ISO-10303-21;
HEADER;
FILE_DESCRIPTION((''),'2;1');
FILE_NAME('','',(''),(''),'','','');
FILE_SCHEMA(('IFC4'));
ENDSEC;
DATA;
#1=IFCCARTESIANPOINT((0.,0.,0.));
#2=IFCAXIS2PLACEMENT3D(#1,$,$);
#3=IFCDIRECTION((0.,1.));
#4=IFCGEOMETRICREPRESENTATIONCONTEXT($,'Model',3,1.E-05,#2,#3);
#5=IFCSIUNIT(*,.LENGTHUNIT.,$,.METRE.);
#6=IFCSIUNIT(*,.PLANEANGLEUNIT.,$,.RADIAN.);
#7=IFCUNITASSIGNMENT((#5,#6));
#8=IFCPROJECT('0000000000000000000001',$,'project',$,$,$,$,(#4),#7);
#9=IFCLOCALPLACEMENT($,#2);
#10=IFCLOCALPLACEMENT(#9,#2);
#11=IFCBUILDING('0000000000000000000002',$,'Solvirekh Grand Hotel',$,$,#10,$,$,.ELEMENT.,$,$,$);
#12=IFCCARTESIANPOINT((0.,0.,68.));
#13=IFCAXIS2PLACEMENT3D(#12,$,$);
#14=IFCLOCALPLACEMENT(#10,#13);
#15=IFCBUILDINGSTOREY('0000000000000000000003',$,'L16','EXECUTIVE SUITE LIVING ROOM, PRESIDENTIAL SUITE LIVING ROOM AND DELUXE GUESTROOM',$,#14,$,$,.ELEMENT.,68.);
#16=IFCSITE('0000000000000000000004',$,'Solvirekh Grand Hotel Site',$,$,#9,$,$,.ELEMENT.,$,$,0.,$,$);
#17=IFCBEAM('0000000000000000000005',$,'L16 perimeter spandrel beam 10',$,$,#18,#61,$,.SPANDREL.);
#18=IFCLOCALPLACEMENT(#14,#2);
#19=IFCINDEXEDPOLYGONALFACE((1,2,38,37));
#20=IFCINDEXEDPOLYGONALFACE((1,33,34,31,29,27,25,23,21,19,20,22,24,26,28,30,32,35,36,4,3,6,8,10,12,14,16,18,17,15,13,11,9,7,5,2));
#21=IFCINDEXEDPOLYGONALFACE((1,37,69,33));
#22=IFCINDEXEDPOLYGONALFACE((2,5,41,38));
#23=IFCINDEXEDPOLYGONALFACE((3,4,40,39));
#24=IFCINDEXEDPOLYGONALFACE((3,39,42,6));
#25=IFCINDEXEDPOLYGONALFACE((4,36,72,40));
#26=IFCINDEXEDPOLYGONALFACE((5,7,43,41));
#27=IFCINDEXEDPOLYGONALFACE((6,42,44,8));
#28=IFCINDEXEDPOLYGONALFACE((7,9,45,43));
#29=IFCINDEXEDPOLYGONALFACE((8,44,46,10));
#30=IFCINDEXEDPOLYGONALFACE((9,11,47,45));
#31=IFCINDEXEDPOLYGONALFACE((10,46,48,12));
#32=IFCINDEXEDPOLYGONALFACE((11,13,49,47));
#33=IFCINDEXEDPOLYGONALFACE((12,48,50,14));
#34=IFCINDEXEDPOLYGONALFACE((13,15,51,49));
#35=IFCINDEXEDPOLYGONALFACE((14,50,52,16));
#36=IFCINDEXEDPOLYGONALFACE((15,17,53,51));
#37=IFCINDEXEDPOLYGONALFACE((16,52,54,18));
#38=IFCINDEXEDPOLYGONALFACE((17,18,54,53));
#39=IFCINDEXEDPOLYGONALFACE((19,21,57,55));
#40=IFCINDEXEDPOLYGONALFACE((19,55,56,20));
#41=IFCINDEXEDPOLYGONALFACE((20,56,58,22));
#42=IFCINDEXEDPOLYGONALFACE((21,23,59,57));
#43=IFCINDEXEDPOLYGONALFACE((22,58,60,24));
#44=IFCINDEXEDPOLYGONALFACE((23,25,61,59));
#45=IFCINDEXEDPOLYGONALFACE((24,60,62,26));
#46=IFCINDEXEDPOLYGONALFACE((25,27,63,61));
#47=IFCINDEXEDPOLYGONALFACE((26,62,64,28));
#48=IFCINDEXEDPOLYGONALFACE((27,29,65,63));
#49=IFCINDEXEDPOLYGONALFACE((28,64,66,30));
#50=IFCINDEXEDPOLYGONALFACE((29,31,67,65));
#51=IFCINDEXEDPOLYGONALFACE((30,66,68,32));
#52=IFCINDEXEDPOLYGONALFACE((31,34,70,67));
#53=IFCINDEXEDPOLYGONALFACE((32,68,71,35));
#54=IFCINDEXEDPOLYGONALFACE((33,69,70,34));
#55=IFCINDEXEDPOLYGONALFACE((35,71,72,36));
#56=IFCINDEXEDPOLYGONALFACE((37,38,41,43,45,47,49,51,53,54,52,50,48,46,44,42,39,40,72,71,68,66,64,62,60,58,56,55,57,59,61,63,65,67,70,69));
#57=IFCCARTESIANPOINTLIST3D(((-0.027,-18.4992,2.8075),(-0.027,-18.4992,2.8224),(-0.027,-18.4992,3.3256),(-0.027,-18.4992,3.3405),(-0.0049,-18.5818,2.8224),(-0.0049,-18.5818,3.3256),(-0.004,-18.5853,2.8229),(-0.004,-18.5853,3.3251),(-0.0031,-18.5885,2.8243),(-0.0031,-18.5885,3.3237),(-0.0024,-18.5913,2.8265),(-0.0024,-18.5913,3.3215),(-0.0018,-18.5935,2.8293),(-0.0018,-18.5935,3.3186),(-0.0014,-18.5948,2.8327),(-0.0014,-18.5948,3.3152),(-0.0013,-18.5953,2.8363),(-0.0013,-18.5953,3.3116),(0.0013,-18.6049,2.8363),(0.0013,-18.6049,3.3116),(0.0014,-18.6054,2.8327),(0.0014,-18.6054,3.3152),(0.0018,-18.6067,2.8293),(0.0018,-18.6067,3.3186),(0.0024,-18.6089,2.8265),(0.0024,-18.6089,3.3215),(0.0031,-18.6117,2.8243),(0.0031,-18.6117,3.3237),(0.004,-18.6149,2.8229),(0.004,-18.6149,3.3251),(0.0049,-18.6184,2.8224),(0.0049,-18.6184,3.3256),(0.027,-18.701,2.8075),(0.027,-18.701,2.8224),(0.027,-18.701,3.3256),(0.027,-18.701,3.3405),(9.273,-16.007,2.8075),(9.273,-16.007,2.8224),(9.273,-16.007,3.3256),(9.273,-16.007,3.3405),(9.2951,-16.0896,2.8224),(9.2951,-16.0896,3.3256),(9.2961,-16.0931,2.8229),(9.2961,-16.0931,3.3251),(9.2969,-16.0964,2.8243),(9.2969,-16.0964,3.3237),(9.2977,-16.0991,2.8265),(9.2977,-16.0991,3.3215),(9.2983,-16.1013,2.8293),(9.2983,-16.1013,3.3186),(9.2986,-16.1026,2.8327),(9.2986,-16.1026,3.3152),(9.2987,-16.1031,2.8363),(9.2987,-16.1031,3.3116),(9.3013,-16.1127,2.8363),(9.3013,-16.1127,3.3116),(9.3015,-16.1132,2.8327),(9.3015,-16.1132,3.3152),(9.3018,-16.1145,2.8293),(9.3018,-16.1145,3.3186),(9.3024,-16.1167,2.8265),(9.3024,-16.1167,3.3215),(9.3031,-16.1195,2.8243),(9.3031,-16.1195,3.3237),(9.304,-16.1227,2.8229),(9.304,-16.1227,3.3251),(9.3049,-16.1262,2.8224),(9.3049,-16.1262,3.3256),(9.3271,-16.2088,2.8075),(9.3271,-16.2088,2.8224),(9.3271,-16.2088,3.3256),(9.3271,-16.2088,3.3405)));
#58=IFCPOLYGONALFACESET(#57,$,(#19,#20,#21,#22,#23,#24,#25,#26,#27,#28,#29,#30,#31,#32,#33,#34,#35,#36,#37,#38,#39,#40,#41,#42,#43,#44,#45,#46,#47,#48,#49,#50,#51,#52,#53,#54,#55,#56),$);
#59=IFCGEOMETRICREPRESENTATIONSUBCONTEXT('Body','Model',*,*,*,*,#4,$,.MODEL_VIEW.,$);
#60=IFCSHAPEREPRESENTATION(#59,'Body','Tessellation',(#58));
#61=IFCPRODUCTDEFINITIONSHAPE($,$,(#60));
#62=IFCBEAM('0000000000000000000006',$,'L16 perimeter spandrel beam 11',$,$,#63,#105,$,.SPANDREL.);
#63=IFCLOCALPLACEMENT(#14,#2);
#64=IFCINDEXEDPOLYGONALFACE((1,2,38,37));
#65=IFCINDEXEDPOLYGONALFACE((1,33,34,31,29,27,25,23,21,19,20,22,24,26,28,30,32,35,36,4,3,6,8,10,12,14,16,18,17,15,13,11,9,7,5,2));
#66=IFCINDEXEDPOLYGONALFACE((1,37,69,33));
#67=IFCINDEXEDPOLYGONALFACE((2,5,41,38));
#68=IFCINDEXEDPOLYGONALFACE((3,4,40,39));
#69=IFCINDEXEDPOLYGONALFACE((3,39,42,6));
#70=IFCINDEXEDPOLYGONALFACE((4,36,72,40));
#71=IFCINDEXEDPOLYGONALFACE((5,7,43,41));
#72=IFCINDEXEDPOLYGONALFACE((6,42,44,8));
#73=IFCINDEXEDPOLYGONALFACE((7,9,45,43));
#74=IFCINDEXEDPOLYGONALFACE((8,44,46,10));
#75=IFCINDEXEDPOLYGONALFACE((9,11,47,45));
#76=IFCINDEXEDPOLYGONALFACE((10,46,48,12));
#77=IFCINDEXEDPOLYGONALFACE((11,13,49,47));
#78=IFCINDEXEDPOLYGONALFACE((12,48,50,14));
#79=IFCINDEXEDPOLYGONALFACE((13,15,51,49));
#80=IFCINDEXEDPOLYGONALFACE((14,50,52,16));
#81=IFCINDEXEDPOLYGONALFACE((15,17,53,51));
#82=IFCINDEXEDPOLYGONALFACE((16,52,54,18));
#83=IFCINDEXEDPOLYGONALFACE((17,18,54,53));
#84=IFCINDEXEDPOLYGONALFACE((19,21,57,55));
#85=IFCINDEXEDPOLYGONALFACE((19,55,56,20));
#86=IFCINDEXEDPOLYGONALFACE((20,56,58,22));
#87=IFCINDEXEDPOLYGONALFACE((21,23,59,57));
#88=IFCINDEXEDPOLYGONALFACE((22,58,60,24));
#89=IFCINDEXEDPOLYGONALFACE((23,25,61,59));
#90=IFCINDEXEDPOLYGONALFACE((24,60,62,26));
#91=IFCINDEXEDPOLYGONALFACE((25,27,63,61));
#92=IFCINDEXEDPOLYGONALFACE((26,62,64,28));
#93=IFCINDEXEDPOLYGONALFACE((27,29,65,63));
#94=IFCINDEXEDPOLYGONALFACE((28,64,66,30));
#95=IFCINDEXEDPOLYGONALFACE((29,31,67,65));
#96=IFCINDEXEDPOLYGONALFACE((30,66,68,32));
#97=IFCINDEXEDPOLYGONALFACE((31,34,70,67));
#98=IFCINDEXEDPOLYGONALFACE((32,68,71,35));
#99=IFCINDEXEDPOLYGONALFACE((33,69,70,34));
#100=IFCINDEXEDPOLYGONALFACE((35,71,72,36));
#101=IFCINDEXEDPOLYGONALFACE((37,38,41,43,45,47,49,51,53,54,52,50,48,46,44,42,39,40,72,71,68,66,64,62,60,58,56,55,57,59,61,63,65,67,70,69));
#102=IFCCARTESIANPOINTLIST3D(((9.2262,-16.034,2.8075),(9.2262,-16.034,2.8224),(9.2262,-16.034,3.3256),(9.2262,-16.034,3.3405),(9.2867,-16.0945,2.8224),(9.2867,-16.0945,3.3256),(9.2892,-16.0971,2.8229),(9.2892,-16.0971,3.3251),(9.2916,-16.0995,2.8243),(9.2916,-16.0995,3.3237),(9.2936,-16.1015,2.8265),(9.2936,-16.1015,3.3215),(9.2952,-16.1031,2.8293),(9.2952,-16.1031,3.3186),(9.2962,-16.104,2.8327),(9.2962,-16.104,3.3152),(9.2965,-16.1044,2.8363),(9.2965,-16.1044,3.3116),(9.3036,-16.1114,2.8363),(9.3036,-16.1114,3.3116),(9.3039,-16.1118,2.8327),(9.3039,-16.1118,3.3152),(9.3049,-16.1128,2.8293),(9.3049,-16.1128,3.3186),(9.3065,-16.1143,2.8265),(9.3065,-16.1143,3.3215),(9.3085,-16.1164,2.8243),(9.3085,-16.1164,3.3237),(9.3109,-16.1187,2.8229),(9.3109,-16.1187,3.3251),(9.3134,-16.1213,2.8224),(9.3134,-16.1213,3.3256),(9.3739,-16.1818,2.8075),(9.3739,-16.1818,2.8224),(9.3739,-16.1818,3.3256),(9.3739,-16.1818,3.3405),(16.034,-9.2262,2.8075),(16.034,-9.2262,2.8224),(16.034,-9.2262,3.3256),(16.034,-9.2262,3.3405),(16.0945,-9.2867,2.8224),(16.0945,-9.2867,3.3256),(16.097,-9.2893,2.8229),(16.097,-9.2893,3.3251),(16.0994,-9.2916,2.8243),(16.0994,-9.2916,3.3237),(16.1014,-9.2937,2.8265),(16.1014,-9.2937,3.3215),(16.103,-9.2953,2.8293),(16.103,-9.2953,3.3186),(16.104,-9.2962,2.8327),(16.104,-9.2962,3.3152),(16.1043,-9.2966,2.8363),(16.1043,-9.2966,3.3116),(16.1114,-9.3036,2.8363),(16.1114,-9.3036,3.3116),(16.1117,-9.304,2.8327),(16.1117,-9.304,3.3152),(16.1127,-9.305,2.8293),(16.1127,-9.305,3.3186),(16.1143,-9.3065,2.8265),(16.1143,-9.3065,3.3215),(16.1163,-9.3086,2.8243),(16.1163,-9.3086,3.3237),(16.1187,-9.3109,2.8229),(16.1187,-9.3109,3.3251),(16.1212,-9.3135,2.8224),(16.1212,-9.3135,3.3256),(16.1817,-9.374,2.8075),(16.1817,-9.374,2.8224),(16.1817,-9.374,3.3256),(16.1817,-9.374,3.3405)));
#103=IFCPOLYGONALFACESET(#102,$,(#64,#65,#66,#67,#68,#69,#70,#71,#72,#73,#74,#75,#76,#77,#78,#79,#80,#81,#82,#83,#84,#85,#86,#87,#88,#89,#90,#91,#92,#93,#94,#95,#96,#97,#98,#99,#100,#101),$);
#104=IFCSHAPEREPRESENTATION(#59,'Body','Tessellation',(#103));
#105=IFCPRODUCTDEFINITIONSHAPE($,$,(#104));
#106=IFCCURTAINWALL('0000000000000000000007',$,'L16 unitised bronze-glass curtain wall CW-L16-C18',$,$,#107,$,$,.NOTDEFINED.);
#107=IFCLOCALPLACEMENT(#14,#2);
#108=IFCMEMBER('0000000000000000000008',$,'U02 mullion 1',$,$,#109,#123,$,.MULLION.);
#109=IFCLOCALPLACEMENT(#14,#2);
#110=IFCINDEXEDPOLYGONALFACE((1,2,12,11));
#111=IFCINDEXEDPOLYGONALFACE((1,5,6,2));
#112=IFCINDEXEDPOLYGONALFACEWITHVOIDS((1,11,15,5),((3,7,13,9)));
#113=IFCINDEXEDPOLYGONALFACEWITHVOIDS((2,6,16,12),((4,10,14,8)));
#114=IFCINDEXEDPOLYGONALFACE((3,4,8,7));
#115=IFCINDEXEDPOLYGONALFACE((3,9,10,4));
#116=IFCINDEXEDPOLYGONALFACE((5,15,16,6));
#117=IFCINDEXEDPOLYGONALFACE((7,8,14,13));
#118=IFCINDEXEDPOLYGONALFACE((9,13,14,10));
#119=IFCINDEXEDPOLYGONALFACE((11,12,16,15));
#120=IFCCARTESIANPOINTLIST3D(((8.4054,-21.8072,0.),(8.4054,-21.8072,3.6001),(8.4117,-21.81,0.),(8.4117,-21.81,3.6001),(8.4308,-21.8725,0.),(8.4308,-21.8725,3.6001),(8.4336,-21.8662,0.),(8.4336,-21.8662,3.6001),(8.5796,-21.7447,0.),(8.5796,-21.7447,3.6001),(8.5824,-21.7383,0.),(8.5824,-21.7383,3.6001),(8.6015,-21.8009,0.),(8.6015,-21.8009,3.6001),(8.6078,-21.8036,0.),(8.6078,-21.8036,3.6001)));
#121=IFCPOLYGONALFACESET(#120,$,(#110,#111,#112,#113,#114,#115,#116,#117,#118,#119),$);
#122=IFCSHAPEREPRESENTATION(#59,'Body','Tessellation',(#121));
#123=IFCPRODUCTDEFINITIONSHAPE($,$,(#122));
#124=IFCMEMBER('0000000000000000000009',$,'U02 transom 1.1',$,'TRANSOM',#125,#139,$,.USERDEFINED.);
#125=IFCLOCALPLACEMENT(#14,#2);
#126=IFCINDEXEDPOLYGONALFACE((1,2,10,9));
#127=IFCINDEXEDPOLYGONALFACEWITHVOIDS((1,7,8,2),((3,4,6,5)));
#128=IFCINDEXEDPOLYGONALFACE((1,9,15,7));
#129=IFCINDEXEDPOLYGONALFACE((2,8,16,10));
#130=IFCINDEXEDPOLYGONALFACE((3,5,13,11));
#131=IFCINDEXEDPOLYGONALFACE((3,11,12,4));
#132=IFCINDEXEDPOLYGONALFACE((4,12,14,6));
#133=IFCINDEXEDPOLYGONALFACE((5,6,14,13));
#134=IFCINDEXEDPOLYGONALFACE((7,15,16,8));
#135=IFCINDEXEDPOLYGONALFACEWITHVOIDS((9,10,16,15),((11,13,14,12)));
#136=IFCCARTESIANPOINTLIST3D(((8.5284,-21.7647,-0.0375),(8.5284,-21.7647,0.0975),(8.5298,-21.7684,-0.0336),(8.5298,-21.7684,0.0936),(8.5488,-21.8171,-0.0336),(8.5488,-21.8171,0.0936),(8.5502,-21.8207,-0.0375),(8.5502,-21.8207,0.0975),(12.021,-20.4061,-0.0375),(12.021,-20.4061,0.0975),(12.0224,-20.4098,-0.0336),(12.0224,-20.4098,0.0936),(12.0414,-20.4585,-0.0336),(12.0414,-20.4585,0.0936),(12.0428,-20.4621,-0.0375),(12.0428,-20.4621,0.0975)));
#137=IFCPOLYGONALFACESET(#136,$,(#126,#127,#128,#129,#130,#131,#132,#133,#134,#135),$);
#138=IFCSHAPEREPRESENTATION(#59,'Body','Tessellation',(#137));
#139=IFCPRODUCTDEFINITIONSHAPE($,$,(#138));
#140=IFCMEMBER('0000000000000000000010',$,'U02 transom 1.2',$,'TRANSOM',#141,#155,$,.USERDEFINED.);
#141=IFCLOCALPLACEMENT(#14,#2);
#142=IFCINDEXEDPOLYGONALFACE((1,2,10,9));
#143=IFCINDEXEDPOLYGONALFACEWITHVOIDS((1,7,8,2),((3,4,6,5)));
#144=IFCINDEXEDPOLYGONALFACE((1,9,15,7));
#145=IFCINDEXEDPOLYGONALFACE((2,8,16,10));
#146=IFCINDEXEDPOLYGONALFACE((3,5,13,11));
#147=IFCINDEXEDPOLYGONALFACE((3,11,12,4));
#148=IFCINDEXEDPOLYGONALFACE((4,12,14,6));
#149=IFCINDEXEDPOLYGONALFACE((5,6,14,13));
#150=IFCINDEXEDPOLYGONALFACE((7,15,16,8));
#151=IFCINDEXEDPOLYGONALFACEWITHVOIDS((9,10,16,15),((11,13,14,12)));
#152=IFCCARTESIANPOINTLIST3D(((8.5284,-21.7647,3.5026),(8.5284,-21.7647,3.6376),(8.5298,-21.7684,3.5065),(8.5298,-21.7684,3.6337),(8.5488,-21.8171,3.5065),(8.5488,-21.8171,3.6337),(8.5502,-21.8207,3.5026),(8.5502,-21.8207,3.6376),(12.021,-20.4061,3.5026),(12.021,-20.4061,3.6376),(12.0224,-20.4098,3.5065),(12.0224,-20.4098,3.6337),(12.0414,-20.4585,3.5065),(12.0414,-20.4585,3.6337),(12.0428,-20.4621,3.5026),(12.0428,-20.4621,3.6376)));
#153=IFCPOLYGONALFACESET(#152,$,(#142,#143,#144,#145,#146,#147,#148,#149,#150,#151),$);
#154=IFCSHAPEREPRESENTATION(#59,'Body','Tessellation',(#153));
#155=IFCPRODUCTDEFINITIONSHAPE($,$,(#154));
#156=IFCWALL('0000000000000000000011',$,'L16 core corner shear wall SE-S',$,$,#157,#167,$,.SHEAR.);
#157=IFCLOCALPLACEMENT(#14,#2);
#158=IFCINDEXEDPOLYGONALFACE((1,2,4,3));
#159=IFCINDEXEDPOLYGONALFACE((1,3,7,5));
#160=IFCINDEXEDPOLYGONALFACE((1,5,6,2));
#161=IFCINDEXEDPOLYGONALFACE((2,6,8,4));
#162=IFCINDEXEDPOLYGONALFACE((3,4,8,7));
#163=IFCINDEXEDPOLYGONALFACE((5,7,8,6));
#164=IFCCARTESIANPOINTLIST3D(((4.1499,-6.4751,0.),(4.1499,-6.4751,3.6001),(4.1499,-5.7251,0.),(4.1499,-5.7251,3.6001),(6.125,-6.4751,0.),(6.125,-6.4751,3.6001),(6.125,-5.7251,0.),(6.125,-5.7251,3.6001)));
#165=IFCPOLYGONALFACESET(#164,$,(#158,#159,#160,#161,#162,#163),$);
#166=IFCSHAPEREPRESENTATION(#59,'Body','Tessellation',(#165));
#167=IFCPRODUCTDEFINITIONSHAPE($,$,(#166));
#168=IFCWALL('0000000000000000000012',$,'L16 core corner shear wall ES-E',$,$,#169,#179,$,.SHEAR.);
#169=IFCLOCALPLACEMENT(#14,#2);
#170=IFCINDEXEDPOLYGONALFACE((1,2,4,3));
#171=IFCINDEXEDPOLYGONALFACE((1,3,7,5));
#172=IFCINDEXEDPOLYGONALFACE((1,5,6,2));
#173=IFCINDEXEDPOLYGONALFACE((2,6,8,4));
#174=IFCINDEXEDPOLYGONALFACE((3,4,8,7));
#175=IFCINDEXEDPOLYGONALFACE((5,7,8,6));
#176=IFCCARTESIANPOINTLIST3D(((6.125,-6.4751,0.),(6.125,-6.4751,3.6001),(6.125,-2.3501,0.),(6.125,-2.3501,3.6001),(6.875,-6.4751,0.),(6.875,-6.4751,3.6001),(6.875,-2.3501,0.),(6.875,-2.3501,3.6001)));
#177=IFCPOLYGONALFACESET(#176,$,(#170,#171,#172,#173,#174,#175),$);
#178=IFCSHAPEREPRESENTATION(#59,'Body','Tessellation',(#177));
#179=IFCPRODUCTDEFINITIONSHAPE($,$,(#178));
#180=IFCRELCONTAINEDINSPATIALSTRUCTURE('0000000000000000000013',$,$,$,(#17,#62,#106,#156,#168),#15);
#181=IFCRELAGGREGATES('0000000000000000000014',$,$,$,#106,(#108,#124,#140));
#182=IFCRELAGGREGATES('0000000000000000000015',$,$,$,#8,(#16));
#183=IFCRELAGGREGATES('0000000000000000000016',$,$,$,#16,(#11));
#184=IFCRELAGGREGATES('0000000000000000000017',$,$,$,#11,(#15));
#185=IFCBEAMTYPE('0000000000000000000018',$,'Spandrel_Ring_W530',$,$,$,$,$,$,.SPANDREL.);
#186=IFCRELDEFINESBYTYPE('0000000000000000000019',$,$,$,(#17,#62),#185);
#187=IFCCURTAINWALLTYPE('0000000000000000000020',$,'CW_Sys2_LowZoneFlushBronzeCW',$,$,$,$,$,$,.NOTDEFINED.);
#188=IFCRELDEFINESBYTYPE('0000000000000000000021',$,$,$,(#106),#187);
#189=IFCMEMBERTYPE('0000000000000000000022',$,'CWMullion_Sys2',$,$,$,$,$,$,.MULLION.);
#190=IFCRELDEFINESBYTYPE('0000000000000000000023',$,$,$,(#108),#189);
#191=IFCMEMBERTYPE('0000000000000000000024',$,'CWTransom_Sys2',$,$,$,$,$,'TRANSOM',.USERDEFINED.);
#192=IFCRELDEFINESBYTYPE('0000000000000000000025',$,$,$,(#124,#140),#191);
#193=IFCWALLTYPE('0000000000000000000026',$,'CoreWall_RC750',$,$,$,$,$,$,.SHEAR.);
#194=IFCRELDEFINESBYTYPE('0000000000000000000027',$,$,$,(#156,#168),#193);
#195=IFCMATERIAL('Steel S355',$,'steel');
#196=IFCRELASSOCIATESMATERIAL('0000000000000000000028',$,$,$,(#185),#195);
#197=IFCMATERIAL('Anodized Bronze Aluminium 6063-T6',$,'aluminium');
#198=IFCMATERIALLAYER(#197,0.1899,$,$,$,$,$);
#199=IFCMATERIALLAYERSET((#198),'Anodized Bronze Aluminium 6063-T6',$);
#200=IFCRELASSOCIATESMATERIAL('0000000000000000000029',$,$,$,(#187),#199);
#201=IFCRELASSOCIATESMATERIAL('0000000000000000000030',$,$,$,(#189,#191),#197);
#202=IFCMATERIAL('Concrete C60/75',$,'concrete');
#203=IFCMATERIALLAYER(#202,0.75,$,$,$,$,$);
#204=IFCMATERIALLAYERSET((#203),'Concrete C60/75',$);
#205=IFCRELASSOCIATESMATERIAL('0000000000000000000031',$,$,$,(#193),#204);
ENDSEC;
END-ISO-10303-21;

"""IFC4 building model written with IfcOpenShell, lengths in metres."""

from ifc_helpers import new_model, si_unit, direction, frame, frame_2d, origin, origin_2d, place, context, subcontext, project, spatial, rectangle, hollow_rectangle, i_section, extrude, source, transform, mapped, material, layer, layer_set, material_profile, profile_set, type_object, element, aggregate, save


model = new_model("IFC4")

# Units and contexts
model_context = context("Model", 3, precision=1e-05, world=origin(), true_north=direction((0.0, 1.0)))
body_context = subcontext(model_context, "Body", "Model", "MODEL_VIEW")
ifc_project = project(units=[si_unit("LENGTHUNIT", "METRE"), si_unit("PLANEANGLEUNIT", "RADIAN")], contexts=[model_context])

# Site, building, storey
site_placement = place(None, origin())
site = spatial("IfcSite", under=ifc_project, at=site_placement, Name="Solvirekh Grand Hotel Site", CompositionType="ELEMENT", RefElevation=0.0)
building_placement = place(site_placement, origin())
building = spatial("IfcBuilding", under=site, at=building_placement, Name="Solvirekh Grand Hotel", CompositionType="ELEMENT")
storey_placement = place(building_placement, frame((0.0, 0.0, 68.0)))
storey = spatial("IfcBuildingStorey", under=building, at=storey_placement, Name="L16", Description="EXECUTIVE SUITE LIVING ROOM, PRESIDENTIAL SUITE LIVING ROOM AND DELUXE GUESTROOM", CompositionType="ELEMENT", Elevation=68.0)

# Shared definitions
ifc_material_1 = material(Name="Concrete C60/75", Category="concrete")

# Beams
ifc_material_2 = material(Name="Steel S355", Category="steel")
ifc_material_profile_1 = material_profile(ifc_material_2, i_section(OverallWidth=0.209, OverallDepth=0.533, WebThickness=0.01, FlangeThickness=0.0149, FilletRadius=0.0139, at=origin_2d()), Name="W530X92")
ifc_profile_set_1 = profile_set([ifc_material_profile_1], Name="Steel S355")
beam_type_1 = type_object("IfcBeamType", Name="Spandrel_Ring_W530", PredefinedType="SPANDREL", material=ifc_profile_set_1)
beam_1_placement = place(storey_placement, frame((0.0, -18.6001, 3.074), z_axis=(0.965919, 0.258843, 0.0), x_axis=(-0.258843, 0.965919, 0.0)))
element("IfcBeam", 1, at=beam_1_placement, inside=storey, type_object=beam_type_1, Name="L16 perimeter spandrel beam 10", PredefinedType="SPANDREL", context=body_context, shape_type="SweptSolid", body=[
    extrude(i_section(OverallWidth=0.209, OverallDepth=0.533, WebThickness=0.01, FlangeThickness=0.0149, FilletRadius=0.0139, at=origin_2d()), origin(), (0.0, 0.0, 1.0), 9.6282),
])
beam_2_placement = place(storey_placement, frame((9.3, -16.1079, 3.074), z_axis=(0.707107, 0.707107, 0.0), x_axis=(-0.707107, 0.707107, 0.0)))
element("IfcBeam", 2, at=beam_2_placement, inside=storey, type_object=beam_type_1, Name="L16 perimeter spandrel beam 11", PredefinedType="SPANDREL", context=body_context, shape_type="SweptSolid", body=[
    extrude(i_section(OverallWidth=0.209, OverallDepth=0.533, WebThickness=0.01, FlangeThickness=0.0149, FilletRadius=0.0139, at=origin_2d()), origin(), (0.0, 0.0, 1.0), 9.6277),
])

# Curtain wall, members
ifc_material_3 = material(Name="Anodized Bronze Aluminium 6063-T6", Category="aluminium")
ifc_layer_1 = layer(ifc_material_3, 0.1899)
ifc_layer_set_1 = layer_set([ifc_layer_1], Name="Anodized Bronze Aluminium 6063-T6")
curtain_wall_type = type_object("IfcCurtainWallType", Name="CW_Sys2_LowZoneFlushBronzeCW", PredefinedType="NOTDEFINED", material=ifc_layer_set_1)
curtain_wall_placement = place(storey_placement, origin())
curtain_wall = element("IfcCurtainWall", 3, at=curtain_wall_placement, inside=storey, type_object=curtain_wall_type, Name="L16 unitised bronze-glass curtain wall CW-L16-C18", PredefinedType="NOTDEFINED")
ifc_material_profile_2 = material_profile(ifc_material_3, hollow_rectangle(XDim=0.0701, YDim=0.1899, WallThickness=0.0049, at=origin_2d()), Name="ALU RHS 190X70X5")
ifc_profile_set_2 = profile_set([ifc_material_profile_2], Name="Anodized Bronze Aluminium 6063-T6")
member_type_1 = type_object("IfcMemberType", Name="CWMullion_Sys2", PredefinedType="MULLION", material=ifc_profile_set_2)
shared_shape_1 = source(origin(), body_context, "Body", "SweptSolid", [
    extrude(hollow_rectangle(XDim=0.0701, YDim=0.1899, WallThickness=0.0049, at=origin_2d()), origin(), (0.0, 0.0, 1.0), 3.6001),
])
member_1_placement = place(storey_placement, frame((8.5066, -21.8054, 0.0), z_axis=(0.0, 0.0, 1.0), x_axis=(-0.36249, 0.931988, 0.0)))
member_1 = element("IfcMember", 4, at=member_1_placement, type_object=member_type_1, Name="U02 mullion 1", PredefinedType="MULLION", context=body_context, shape_type="MappedRepresentation", body=[
    mapped(shared_shape_1, transform((0.0, 0.0, 0.0), x_axis=(1.0, 0.0, 0.0), y_axis=(0.0, 1.0, 0.0), z_axis=(0.0, 0.0, 1.0), scale=1.0)),
])
ifc_material_profile_3 = material_profile(ifc_material_3, hollow_rectangle(XDim=0.0601, YDim=0.135, WallThickness=0.0039, at=origin_2d()), Name="ALU RHS 135X60X4")
ifc_profile_set_3 = profile_set([ifc_material_profile_3], Name="Anodized Bronze Aluminium 6063-T6")
member_type_2 = type_object("IfcMemberType", Name="CWTransom_Sys2", ElementType="TRANSOM", PredefinedType="USERDEFINED", material=ifc_profile_set_3)
shared_shape_2 = source(origin(), body_context, "Body", "SweptSolid", [
    extrude(hollow_rectangle(XDim=0.0601, YDim=0.135, WallThickness=0.0039, at=origin_2d()), origin(), (0.0, 0.0, 1.0), 3.7476),
])
member_2_placement = place(storey_placement, frame((8.5393, -21.7927, 0.03), z_axis=(0.93197, 0.362534, 0.0), x_axis=(-0.362534, 0.93197, 0.0)))
member_2 = element("IfcMember", 5, at=member_2_placement, type_object=member_type_2, Name="U02 transom 1.1", ObjectType="TRANSOM", PredefinedType="USERDEFINED", context=body_context, shape_type="MappedRepresentation", body=[
    mapped(shared_shape_2, transform((0.0, 0.0, 0.0), x_axis=(1.0, 0.0, 0.0), y_axis=(0.0, 1.0, 0.0), z_axis=(0.0, 0.0, 1.0), scale=1.0)),
])
member_3_placement = place(storey_placement, frame((8.5393, -21.7927, 3.5701), z_axis=(0.93197, 0.362534, 0.0), x_axis=(-0.362534, 0.93197, 0.0)))
member_3 = element("IfcMember", 6, at=member_3_placement, type_object=member_type_2, Name="U02 transom 1.2", ObjectType="TRANSOM", PredefinedType="USERDEFINED", context=body_context, shape_type="MappedRepresentation", body=[
    mapped(shared_shape_2, transform((0.0, 0.0, 0.0), x_axis=(1.0, 0.0, 0.0), y_axis=(0.0, 1.0, 0.0), z_axis=(0.0, 0.0, 1.0), scale=1.0)),
])
aggregate(curtain_wall, [member_1, member_2, member_3])

# Walls
ifc_layer_2 = layer(ifc_material_1, 0.75)
ifc_layer_set_2 = layer_set([ifc_layer_2], Name="Concrete C60/75")
wall_type_1 = type_object("IfcWallType", Name="CoreWall_RC750", PredefinedType="SHEAR", material=ifc_layer_set_2)
wall_1_placement = place(storey_placement, frame((4.1499, -6.1001, 0.0), z_axis=(0.0, 0.0, 1.0), x_axis=(1.0, 0.0, 0.0)))
element("IfcWall", 7, at=wall_1_placement, inside=storey, type_object=wall_type_1, Name="L16 core corner shear wall SE-S", PredefinedType="SHEAR", context=body_context, shape_type="SweptSolid", body=[
    extrude(rectangle(XDim=1.9751, YDim=0.75, at=frame_2d((0.9875, 0.0))), origin(), (0.0, 0.0, 1.0), 3.6001),
])
wall_2_placement = place(storey_placement, frame((6.5, -6.4751, 0.0), z_axis=(0.0, 0.0, 1.0), x_axis=(0.0, 1.0, 0.0)))
element("IfcWall", 8, at=wall_2_placement, inside=storey, type_object=wall_type_1, Name="L16 core corner shear wall ES-E", PredefinedType="SHEAR", context=body_context, shape_type="SweptSolid", body=[
    extrude(rectangle(XDim=4.125, YDim=0.75, at=frame_2d((2.0625, 0.0))), origin(), (0.0, 0.0, 1.0), 3.6001),
])

save(model, "model.ifc")
